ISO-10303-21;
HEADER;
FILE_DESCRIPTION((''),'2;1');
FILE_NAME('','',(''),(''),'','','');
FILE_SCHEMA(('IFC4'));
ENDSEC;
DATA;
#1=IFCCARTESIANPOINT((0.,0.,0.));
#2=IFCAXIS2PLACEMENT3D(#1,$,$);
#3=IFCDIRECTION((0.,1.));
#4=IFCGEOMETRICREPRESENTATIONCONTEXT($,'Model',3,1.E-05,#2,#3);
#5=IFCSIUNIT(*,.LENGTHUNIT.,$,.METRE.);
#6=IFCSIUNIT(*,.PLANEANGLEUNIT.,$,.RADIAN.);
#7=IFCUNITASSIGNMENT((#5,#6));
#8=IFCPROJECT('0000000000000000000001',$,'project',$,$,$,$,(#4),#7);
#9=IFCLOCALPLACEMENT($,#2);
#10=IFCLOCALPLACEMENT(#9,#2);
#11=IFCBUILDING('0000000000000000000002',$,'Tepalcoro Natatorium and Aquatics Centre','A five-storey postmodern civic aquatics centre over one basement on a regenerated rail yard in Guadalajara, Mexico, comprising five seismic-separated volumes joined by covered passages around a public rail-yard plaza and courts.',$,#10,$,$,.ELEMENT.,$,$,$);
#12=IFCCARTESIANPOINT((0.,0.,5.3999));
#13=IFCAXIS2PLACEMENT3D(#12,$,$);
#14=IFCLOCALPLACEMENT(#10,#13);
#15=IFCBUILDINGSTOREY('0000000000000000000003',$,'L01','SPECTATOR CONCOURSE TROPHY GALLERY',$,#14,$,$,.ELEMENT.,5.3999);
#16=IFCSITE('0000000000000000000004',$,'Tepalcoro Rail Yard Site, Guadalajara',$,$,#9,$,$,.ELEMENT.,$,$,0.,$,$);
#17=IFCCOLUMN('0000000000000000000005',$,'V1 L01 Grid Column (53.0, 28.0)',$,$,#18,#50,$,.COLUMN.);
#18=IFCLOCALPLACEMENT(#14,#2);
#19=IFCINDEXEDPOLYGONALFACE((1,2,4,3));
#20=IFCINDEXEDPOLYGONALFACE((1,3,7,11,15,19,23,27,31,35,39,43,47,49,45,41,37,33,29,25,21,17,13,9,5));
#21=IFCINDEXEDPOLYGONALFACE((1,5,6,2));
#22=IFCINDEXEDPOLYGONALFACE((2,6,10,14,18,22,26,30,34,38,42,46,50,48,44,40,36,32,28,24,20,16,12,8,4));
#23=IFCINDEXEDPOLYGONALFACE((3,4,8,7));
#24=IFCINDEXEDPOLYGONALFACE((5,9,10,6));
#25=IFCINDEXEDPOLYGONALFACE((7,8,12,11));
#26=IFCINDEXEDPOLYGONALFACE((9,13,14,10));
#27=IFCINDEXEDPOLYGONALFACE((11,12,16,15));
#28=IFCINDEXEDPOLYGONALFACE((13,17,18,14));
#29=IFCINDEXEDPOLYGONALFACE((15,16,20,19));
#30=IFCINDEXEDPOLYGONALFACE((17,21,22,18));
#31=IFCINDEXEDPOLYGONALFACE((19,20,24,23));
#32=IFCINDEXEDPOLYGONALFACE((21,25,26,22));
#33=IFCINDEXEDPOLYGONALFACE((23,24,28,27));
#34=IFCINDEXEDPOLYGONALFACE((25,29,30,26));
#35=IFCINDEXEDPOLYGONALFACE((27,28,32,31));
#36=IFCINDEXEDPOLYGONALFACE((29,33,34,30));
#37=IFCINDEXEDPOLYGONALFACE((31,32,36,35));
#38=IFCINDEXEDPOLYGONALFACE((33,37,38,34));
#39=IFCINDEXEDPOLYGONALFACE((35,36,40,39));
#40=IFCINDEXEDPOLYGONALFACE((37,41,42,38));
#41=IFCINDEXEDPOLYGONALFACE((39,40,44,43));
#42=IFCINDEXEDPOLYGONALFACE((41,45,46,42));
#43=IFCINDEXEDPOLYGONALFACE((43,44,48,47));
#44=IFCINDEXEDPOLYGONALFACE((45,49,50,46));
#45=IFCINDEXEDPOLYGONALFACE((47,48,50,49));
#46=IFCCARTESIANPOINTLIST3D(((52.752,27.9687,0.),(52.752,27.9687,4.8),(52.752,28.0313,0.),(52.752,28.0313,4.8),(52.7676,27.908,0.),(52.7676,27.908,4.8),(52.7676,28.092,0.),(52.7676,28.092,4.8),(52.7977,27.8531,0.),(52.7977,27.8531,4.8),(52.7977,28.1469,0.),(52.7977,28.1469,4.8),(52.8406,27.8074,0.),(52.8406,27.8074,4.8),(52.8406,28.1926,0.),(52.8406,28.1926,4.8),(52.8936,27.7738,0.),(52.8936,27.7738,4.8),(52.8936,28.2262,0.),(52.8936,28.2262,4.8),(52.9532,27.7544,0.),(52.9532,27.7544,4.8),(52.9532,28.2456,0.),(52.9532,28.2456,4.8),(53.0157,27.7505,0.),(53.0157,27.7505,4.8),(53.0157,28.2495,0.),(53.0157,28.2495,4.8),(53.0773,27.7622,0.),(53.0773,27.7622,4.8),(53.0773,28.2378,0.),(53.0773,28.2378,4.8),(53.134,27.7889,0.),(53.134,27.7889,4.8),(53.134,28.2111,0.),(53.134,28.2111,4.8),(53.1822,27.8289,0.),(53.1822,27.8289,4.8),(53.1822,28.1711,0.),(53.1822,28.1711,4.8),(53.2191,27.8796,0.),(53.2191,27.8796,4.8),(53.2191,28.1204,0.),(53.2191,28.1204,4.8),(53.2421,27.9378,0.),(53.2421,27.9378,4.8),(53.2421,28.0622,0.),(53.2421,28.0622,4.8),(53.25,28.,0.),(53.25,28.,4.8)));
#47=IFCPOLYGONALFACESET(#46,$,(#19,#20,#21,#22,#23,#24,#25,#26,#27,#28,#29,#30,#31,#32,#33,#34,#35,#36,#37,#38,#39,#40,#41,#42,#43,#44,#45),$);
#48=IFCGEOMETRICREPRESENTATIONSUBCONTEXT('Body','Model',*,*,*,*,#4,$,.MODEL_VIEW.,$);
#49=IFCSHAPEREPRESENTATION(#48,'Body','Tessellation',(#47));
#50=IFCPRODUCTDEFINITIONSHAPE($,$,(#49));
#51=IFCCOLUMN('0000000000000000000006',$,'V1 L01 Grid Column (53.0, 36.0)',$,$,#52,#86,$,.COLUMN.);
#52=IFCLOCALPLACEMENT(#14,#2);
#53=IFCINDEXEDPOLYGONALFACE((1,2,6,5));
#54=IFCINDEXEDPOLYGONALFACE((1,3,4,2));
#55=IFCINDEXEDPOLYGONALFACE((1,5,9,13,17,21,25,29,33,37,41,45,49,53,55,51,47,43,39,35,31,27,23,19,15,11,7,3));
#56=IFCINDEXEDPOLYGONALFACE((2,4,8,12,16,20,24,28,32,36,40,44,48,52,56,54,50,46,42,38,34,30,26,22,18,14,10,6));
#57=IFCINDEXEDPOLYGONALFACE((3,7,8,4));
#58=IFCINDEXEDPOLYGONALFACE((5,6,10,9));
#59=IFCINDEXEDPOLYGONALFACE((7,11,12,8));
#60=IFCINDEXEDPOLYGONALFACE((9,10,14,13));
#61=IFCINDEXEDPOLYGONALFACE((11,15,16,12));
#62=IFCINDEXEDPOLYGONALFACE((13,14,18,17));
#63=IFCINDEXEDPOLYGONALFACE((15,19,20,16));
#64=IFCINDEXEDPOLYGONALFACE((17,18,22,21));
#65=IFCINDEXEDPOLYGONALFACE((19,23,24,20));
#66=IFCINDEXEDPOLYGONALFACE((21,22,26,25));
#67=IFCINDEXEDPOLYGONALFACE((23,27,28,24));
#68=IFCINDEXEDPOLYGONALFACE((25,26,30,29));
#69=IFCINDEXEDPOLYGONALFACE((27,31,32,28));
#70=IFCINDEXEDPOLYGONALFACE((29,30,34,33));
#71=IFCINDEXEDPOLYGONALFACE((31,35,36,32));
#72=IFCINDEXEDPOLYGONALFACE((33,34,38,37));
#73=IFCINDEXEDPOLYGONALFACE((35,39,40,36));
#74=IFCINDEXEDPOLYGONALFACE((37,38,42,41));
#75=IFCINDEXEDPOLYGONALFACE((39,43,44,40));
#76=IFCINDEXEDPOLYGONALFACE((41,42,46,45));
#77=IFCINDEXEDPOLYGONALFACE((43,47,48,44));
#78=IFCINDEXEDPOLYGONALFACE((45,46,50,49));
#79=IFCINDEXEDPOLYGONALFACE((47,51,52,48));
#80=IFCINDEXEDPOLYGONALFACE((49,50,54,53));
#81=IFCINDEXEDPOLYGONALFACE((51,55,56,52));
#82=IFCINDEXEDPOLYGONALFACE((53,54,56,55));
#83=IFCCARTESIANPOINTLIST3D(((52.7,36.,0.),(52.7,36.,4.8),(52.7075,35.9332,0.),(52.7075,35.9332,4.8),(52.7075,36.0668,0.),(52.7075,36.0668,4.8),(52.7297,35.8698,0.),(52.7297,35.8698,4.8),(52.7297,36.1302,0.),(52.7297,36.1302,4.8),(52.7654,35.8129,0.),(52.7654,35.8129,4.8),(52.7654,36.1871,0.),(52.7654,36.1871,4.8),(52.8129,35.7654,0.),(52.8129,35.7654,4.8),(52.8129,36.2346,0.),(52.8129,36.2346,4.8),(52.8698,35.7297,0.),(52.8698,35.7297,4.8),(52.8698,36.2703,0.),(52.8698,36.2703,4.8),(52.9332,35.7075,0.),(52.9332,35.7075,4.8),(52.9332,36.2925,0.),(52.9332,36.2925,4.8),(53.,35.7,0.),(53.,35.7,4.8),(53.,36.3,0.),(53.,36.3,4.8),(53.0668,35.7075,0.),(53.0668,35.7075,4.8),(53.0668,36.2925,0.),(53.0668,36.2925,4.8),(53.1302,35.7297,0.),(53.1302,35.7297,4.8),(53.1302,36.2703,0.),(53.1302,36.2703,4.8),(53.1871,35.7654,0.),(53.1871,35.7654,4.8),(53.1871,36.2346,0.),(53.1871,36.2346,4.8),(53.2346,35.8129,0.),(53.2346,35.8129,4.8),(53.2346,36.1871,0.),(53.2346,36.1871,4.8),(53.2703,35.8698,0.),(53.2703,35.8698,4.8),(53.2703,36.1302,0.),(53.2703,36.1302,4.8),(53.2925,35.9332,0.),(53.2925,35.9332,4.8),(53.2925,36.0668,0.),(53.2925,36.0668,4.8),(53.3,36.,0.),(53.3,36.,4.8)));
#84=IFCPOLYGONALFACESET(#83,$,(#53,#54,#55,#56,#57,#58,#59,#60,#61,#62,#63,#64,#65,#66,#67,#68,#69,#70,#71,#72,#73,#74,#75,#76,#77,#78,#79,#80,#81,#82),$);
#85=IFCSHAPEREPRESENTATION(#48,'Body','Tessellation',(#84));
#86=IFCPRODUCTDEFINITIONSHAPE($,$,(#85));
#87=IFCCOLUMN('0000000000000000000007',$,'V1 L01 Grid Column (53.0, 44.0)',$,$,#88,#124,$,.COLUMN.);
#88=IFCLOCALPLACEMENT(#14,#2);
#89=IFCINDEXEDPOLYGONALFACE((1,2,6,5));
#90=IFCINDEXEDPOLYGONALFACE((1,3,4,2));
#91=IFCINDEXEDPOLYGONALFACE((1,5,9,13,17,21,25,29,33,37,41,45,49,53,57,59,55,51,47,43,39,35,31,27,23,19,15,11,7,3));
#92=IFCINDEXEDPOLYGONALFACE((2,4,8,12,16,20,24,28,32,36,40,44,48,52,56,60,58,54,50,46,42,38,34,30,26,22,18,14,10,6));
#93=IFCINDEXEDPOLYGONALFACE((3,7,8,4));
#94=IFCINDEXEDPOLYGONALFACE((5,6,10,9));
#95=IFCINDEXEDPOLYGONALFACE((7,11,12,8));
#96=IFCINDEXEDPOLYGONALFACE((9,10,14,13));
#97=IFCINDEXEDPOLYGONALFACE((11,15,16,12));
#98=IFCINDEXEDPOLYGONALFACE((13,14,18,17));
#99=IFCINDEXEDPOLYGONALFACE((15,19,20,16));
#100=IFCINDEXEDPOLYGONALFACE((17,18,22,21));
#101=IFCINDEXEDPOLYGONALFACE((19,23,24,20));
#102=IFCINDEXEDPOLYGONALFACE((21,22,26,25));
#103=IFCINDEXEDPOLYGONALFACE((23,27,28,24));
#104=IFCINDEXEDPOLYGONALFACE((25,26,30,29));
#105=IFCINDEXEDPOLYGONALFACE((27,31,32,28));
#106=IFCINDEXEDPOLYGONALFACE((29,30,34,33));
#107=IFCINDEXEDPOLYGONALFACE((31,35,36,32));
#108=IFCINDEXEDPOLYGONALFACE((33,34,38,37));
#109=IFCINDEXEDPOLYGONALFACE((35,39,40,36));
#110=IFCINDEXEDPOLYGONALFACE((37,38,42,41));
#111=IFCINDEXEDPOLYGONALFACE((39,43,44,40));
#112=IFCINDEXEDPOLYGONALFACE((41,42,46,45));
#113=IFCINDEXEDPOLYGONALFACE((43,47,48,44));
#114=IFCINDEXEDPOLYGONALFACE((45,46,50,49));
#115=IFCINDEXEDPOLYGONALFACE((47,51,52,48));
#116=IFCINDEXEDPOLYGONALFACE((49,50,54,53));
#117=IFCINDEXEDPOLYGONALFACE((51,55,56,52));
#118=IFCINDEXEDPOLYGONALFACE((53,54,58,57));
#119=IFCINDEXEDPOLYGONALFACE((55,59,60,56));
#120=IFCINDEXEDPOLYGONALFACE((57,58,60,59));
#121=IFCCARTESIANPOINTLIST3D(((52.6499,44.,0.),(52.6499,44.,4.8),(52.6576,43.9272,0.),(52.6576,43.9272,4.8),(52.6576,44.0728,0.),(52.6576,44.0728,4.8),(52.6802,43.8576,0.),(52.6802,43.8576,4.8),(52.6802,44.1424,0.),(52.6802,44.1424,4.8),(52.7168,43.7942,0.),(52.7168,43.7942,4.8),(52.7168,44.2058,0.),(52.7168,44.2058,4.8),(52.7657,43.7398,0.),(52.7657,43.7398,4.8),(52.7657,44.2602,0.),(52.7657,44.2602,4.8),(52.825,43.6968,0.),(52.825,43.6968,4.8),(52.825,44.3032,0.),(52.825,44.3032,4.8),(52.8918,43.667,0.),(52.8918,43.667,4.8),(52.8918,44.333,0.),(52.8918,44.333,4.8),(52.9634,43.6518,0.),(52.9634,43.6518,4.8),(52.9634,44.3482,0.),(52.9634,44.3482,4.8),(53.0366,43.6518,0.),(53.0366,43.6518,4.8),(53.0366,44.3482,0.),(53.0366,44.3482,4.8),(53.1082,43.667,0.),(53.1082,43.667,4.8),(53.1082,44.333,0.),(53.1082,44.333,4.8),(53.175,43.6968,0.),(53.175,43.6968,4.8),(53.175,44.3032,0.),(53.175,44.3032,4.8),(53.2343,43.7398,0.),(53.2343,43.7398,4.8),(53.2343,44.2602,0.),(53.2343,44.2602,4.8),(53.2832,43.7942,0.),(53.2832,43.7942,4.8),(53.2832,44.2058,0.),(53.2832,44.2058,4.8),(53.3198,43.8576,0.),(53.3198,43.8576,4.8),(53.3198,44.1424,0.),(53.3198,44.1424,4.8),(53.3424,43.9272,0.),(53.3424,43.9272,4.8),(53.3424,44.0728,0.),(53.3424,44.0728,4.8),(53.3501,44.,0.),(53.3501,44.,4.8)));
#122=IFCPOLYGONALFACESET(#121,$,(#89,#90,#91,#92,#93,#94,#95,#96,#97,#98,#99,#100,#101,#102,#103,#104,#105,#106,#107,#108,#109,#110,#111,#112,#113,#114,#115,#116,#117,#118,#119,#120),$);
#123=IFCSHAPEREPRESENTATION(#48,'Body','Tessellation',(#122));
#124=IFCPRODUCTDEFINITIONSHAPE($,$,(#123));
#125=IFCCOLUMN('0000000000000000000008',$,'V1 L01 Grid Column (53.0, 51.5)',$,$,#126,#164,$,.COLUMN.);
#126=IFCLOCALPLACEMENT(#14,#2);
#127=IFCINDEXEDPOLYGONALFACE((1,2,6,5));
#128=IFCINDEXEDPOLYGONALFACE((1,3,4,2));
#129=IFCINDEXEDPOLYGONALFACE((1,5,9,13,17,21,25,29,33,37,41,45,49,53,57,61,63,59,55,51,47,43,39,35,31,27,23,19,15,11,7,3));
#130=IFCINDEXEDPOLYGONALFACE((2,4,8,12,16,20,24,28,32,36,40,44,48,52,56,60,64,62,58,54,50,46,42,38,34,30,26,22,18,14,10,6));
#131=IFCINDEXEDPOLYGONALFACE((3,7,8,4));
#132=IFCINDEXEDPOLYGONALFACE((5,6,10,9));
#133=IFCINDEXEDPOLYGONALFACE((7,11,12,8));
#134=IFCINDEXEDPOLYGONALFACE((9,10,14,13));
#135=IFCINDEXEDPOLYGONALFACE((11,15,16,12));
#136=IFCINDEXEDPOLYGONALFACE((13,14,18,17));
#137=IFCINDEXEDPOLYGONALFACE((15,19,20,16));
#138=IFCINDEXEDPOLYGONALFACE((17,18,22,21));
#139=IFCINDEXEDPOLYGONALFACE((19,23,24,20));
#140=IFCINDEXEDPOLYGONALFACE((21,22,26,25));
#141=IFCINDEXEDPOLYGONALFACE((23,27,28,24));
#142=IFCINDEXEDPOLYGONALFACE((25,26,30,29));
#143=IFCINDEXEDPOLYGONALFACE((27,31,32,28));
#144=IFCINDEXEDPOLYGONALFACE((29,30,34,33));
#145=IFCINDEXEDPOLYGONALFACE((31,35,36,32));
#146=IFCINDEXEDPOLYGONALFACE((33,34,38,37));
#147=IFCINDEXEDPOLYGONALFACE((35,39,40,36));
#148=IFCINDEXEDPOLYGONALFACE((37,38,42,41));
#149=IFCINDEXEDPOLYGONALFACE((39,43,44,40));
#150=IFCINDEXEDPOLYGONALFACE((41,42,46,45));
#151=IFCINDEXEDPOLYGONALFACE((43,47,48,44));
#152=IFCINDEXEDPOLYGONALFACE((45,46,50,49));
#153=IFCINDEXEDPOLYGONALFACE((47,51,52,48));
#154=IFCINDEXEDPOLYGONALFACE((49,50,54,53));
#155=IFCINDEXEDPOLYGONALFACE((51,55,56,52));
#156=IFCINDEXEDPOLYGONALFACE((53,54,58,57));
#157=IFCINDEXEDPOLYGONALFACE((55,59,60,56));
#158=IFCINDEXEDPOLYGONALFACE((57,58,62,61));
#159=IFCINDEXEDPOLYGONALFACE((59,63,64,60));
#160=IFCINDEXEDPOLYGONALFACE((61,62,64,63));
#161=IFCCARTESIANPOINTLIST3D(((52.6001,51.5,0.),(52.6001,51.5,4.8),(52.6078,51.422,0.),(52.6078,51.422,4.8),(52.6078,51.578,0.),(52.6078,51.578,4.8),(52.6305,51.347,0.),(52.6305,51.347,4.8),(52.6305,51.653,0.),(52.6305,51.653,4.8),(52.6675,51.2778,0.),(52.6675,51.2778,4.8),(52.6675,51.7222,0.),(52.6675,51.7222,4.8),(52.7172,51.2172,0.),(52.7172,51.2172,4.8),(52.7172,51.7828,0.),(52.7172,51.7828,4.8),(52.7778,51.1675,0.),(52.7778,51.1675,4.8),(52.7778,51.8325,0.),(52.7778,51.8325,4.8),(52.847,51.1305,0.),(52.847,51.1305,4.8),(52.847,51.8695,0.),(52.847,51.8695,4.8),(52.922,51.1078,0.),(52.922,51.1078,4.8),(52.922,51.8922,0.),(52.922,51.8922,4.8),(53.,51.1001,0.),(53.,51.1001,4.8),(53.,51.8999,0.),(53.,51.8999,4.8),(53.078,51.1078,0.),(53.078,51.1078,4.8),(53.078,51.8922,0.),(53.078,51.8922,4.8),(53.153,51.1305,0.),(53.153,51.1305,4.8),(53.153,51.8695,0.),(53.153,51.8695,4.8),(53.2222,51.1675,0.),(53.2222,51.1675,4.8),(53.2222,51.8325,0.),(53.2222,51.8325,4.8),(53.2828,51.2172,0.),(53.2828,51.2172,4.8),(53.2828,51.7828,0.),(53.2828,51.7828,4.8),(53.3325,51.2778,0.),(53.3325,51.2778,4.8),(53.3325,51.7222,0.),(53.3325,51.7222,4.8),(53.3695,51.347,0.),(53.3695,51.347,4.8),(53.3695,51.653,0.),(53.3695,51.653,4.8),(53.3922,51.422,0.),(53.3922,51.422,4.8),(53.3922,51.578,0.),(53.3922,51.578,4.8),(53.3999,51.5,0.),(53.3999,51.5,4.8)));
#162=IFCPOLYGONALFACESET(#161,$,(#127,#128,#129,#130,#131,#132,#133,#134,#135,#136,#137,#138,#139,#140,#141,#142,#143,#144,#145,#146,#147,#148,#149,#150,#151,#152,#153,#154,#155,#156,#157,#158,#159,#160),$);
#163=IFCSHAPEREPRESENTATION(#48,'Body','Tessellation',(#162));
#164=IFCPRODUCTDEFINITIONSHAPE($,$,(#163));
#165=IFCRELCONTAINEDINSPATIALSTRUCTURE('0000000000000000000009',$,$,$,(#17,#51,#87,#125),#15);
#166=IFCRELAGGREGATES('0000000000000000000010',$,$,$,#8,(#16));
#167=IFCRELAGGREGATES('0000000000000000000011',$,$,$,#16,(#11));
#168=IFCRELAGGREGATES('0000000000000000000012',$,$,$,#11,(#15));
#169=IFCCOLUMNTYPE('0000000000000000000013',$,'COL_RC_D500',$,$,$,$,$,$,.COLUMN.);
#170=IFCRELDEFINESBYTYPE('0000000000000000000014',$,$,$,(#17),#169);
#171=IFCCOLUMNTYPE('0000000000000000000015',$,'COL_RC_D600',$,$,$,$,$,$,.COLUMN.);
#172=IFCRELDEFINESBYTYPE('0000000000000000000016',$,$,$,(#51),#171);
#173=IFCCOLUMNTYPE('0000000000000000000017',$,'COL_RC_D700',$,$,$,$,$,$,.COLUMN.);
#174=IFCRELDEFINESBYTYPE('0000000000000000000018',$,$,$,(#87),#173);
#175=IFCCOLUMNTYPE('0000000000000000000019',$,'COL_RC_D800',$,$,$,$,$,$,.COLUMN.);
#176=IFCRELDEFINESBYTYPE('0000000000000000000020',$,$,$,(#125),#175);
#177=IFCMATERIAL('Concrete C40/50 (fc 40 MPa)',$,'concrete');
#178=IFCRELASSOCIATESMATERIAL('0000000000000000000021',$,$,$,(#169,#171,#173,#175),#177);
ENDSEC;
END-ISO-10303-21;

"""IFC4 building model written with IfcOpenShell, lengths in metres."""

from ifc_helpers import new_model, si_unit, direction, frame, origin, origin_2d, place, context, subcontext, project, spatial, circle, extrude, material, material_profile, profile_set, type_object, element, save


model = new_model("IFC4")

# Units and contexts
model_context = context("Model", 3, precision=1e-05, world=origin(), true_north=direction((0.0, 1.0)))
body_context = subcontext(model_context, "Body", "Model", "MODEL_VIEW")
ifc_project = project(units=[si_unit("LENGTHUNIT", "METRE"), si_unit("PLANEANGLEUNIT", "RADIAN")], contexts=[model_context])

# Site, building, storey
site_placement = place(None, origin())
site = spatial("IfcSite", under=ifc_project, at=site_placement, Name="Tepalcoro Rail Yard Site, Guadalajara", CompositionType="ELEMENT", RefElevation=0.0)
building_placement = place(site_placement, origin())
building = spatial("IfcBuilding", under=site, at=building_placement, Name="Tepalcoro Natatorium and Aquatics Centre", Description="A five-storey postmodern civic aquatics centre over one basement on a regenerated rail yard in Guadalajara, Mexico, comprising five seismic-separated volumes joined by covered passages around a public rail-yard plaza and courts.", CompositionType="ELEMENT")
storey_placement = place(building_placement, frame((0.0, 0.0, 5.3999)))
storey = spatial("IfcBuildingStorey", under=building, at=storey_placement, Name="L01", Description="SPECTATOR CONCOURSE TROPHY GALLERY", CompositionType="ELEMENT", Elevation=5.3999)

# Columns
ifc_material_1 = material(Name="Concrete C40/50 (fc 40 MPa)", Category="concrete")
ifc_material_profile_1 = material_profile(ifc_material_1, circle(Radius=0.25, at=origin_2d()), Name="RCD500")
ifc_profile_set_1 = profile_set([ifc_material_profile_1], Name="Concrete C40/50 (fc 40 MPa)")
column_type_1 = type_object("IfcColumnType", Name="COL_RC_D500", PredefinedType="COLUMN", material=ifc_profile_set_1)
column_1_placement = place(storey_placement, frame((53.0, 28.0, 0.0), z_axis=(0.0, 0.0, 1.0), x_axis=(1.0, 0.0, 0.0)))
element("IfcColumn", 1, at=column_1_placement, inside=storey, type_object=column_type_1, Name="V1 L01 Grid Column (53.0, 28.0)", PredefinedType="COLUMN", context=body_context, shape_type="SweptSolid", body=[
    extrude(circle(Radius=0.25, at=origin_2d()), origin(), (0.0, 0.0, 1.0), 4.8),
])
ifc_material_profile_2 = material_profile(ifc_material_1, circle(Radius=0.3, at=origin_2d()), Name="RCD600")
ifc_profile_set_2 = profile_set([ifc_material_profile_2], Name="Concrete C40/50 (fc 40 MPa)")
column_type_2 = type_object("IfcColumnType", Name="COL_RC_D600", PredefinedType="COLUMN", material=ifc_profile_set_2)
column_2_placement = place(storey_placement, frame((53.0, 36.0, 0.0), z_axis=(0.0, 0.0, 1.0), x_axis=(1.0, 0.0, 0.0)))
element("IfcColumn", 2, at=column_2_placement, inside=storey, type_object=column_type_2, Name="V1 L01 Grid Column (53.0, 36.0)", PredefinedType="COLUMN", context=body_context, shape_type="SweptSolid", body=[
    extrude(circle(Radius=0.3, at=origin_2d()), origin(), (0.0, 0.0, 1.0), 4.8),
])
ifc_material_profile_3 = material_profile(ifc_material_1, circle(Radius=0.3501, at=origin_2d()), Name="RCD700")
ifc_profile_set_3 = profile_set([ifc_material_profile_3], Name="Concrete C40/50 (fc 40 MPa)")
column_type_3 = type_object("IfcColumnType", Name="COL_RC_D700", PredefinedType="COLUMN", material=ifc_profile_set_3)
column_3_placement = place(storey_placement, frame((53.0, 44.0, 0.0), z_axis=(0.0, 0.0, 1.0), x_axis=(1.0, 0.0, 0.0)))
element("IfcColumn", 3, at=column_3_placement, inside=storey, type_object=column_type_3, Name="V1 L01 Grid Column (53.0, 44.0)", PredefinedType="COLUMN", context=body_context, shape_type="SweptSolid", body=[
    extrude(circle(Radius=0.3501, at=origin_2d()), origin(), (0.0, 0.0, 1.0), 4.8),
])
ifc_material_profile_4 = material_profile(ifc_material_1, circle(Radius=0.3999, at=origin_2d()), Name="RCD800")
ifc_profile_set_4 = profile_set([ifc_material_profile_4], Name="Concrete C40/50 (fc 40 MPa)")
column_type_4 = type_object("IfcColumnType", Name="COL_RC_D800", PredefinedType="COLUMN", material=ifc_profile_set_4)
column_4_placement = place(storey_placement, frame((53.0, 51.5, 0.0), z_axis=(0.0, 0.0, 1.0), x_axis=(1.0, 0.0, 0.0)))
element("IfcColumn", 4, at=column_4_placement, inside=storey, type_object=column_type_4, Name="V1 L01 Grid Column (53.0, 51.5)", PredefinedType="COLUMN", context=body_context, shape_type="SweptSolid", body=[
    extrude(circle(Radius=0.3999, at=origin_2d()), origin(), (0.0, 0.0, 1.0), 4.8),
])

save(model, "model.ifc")
